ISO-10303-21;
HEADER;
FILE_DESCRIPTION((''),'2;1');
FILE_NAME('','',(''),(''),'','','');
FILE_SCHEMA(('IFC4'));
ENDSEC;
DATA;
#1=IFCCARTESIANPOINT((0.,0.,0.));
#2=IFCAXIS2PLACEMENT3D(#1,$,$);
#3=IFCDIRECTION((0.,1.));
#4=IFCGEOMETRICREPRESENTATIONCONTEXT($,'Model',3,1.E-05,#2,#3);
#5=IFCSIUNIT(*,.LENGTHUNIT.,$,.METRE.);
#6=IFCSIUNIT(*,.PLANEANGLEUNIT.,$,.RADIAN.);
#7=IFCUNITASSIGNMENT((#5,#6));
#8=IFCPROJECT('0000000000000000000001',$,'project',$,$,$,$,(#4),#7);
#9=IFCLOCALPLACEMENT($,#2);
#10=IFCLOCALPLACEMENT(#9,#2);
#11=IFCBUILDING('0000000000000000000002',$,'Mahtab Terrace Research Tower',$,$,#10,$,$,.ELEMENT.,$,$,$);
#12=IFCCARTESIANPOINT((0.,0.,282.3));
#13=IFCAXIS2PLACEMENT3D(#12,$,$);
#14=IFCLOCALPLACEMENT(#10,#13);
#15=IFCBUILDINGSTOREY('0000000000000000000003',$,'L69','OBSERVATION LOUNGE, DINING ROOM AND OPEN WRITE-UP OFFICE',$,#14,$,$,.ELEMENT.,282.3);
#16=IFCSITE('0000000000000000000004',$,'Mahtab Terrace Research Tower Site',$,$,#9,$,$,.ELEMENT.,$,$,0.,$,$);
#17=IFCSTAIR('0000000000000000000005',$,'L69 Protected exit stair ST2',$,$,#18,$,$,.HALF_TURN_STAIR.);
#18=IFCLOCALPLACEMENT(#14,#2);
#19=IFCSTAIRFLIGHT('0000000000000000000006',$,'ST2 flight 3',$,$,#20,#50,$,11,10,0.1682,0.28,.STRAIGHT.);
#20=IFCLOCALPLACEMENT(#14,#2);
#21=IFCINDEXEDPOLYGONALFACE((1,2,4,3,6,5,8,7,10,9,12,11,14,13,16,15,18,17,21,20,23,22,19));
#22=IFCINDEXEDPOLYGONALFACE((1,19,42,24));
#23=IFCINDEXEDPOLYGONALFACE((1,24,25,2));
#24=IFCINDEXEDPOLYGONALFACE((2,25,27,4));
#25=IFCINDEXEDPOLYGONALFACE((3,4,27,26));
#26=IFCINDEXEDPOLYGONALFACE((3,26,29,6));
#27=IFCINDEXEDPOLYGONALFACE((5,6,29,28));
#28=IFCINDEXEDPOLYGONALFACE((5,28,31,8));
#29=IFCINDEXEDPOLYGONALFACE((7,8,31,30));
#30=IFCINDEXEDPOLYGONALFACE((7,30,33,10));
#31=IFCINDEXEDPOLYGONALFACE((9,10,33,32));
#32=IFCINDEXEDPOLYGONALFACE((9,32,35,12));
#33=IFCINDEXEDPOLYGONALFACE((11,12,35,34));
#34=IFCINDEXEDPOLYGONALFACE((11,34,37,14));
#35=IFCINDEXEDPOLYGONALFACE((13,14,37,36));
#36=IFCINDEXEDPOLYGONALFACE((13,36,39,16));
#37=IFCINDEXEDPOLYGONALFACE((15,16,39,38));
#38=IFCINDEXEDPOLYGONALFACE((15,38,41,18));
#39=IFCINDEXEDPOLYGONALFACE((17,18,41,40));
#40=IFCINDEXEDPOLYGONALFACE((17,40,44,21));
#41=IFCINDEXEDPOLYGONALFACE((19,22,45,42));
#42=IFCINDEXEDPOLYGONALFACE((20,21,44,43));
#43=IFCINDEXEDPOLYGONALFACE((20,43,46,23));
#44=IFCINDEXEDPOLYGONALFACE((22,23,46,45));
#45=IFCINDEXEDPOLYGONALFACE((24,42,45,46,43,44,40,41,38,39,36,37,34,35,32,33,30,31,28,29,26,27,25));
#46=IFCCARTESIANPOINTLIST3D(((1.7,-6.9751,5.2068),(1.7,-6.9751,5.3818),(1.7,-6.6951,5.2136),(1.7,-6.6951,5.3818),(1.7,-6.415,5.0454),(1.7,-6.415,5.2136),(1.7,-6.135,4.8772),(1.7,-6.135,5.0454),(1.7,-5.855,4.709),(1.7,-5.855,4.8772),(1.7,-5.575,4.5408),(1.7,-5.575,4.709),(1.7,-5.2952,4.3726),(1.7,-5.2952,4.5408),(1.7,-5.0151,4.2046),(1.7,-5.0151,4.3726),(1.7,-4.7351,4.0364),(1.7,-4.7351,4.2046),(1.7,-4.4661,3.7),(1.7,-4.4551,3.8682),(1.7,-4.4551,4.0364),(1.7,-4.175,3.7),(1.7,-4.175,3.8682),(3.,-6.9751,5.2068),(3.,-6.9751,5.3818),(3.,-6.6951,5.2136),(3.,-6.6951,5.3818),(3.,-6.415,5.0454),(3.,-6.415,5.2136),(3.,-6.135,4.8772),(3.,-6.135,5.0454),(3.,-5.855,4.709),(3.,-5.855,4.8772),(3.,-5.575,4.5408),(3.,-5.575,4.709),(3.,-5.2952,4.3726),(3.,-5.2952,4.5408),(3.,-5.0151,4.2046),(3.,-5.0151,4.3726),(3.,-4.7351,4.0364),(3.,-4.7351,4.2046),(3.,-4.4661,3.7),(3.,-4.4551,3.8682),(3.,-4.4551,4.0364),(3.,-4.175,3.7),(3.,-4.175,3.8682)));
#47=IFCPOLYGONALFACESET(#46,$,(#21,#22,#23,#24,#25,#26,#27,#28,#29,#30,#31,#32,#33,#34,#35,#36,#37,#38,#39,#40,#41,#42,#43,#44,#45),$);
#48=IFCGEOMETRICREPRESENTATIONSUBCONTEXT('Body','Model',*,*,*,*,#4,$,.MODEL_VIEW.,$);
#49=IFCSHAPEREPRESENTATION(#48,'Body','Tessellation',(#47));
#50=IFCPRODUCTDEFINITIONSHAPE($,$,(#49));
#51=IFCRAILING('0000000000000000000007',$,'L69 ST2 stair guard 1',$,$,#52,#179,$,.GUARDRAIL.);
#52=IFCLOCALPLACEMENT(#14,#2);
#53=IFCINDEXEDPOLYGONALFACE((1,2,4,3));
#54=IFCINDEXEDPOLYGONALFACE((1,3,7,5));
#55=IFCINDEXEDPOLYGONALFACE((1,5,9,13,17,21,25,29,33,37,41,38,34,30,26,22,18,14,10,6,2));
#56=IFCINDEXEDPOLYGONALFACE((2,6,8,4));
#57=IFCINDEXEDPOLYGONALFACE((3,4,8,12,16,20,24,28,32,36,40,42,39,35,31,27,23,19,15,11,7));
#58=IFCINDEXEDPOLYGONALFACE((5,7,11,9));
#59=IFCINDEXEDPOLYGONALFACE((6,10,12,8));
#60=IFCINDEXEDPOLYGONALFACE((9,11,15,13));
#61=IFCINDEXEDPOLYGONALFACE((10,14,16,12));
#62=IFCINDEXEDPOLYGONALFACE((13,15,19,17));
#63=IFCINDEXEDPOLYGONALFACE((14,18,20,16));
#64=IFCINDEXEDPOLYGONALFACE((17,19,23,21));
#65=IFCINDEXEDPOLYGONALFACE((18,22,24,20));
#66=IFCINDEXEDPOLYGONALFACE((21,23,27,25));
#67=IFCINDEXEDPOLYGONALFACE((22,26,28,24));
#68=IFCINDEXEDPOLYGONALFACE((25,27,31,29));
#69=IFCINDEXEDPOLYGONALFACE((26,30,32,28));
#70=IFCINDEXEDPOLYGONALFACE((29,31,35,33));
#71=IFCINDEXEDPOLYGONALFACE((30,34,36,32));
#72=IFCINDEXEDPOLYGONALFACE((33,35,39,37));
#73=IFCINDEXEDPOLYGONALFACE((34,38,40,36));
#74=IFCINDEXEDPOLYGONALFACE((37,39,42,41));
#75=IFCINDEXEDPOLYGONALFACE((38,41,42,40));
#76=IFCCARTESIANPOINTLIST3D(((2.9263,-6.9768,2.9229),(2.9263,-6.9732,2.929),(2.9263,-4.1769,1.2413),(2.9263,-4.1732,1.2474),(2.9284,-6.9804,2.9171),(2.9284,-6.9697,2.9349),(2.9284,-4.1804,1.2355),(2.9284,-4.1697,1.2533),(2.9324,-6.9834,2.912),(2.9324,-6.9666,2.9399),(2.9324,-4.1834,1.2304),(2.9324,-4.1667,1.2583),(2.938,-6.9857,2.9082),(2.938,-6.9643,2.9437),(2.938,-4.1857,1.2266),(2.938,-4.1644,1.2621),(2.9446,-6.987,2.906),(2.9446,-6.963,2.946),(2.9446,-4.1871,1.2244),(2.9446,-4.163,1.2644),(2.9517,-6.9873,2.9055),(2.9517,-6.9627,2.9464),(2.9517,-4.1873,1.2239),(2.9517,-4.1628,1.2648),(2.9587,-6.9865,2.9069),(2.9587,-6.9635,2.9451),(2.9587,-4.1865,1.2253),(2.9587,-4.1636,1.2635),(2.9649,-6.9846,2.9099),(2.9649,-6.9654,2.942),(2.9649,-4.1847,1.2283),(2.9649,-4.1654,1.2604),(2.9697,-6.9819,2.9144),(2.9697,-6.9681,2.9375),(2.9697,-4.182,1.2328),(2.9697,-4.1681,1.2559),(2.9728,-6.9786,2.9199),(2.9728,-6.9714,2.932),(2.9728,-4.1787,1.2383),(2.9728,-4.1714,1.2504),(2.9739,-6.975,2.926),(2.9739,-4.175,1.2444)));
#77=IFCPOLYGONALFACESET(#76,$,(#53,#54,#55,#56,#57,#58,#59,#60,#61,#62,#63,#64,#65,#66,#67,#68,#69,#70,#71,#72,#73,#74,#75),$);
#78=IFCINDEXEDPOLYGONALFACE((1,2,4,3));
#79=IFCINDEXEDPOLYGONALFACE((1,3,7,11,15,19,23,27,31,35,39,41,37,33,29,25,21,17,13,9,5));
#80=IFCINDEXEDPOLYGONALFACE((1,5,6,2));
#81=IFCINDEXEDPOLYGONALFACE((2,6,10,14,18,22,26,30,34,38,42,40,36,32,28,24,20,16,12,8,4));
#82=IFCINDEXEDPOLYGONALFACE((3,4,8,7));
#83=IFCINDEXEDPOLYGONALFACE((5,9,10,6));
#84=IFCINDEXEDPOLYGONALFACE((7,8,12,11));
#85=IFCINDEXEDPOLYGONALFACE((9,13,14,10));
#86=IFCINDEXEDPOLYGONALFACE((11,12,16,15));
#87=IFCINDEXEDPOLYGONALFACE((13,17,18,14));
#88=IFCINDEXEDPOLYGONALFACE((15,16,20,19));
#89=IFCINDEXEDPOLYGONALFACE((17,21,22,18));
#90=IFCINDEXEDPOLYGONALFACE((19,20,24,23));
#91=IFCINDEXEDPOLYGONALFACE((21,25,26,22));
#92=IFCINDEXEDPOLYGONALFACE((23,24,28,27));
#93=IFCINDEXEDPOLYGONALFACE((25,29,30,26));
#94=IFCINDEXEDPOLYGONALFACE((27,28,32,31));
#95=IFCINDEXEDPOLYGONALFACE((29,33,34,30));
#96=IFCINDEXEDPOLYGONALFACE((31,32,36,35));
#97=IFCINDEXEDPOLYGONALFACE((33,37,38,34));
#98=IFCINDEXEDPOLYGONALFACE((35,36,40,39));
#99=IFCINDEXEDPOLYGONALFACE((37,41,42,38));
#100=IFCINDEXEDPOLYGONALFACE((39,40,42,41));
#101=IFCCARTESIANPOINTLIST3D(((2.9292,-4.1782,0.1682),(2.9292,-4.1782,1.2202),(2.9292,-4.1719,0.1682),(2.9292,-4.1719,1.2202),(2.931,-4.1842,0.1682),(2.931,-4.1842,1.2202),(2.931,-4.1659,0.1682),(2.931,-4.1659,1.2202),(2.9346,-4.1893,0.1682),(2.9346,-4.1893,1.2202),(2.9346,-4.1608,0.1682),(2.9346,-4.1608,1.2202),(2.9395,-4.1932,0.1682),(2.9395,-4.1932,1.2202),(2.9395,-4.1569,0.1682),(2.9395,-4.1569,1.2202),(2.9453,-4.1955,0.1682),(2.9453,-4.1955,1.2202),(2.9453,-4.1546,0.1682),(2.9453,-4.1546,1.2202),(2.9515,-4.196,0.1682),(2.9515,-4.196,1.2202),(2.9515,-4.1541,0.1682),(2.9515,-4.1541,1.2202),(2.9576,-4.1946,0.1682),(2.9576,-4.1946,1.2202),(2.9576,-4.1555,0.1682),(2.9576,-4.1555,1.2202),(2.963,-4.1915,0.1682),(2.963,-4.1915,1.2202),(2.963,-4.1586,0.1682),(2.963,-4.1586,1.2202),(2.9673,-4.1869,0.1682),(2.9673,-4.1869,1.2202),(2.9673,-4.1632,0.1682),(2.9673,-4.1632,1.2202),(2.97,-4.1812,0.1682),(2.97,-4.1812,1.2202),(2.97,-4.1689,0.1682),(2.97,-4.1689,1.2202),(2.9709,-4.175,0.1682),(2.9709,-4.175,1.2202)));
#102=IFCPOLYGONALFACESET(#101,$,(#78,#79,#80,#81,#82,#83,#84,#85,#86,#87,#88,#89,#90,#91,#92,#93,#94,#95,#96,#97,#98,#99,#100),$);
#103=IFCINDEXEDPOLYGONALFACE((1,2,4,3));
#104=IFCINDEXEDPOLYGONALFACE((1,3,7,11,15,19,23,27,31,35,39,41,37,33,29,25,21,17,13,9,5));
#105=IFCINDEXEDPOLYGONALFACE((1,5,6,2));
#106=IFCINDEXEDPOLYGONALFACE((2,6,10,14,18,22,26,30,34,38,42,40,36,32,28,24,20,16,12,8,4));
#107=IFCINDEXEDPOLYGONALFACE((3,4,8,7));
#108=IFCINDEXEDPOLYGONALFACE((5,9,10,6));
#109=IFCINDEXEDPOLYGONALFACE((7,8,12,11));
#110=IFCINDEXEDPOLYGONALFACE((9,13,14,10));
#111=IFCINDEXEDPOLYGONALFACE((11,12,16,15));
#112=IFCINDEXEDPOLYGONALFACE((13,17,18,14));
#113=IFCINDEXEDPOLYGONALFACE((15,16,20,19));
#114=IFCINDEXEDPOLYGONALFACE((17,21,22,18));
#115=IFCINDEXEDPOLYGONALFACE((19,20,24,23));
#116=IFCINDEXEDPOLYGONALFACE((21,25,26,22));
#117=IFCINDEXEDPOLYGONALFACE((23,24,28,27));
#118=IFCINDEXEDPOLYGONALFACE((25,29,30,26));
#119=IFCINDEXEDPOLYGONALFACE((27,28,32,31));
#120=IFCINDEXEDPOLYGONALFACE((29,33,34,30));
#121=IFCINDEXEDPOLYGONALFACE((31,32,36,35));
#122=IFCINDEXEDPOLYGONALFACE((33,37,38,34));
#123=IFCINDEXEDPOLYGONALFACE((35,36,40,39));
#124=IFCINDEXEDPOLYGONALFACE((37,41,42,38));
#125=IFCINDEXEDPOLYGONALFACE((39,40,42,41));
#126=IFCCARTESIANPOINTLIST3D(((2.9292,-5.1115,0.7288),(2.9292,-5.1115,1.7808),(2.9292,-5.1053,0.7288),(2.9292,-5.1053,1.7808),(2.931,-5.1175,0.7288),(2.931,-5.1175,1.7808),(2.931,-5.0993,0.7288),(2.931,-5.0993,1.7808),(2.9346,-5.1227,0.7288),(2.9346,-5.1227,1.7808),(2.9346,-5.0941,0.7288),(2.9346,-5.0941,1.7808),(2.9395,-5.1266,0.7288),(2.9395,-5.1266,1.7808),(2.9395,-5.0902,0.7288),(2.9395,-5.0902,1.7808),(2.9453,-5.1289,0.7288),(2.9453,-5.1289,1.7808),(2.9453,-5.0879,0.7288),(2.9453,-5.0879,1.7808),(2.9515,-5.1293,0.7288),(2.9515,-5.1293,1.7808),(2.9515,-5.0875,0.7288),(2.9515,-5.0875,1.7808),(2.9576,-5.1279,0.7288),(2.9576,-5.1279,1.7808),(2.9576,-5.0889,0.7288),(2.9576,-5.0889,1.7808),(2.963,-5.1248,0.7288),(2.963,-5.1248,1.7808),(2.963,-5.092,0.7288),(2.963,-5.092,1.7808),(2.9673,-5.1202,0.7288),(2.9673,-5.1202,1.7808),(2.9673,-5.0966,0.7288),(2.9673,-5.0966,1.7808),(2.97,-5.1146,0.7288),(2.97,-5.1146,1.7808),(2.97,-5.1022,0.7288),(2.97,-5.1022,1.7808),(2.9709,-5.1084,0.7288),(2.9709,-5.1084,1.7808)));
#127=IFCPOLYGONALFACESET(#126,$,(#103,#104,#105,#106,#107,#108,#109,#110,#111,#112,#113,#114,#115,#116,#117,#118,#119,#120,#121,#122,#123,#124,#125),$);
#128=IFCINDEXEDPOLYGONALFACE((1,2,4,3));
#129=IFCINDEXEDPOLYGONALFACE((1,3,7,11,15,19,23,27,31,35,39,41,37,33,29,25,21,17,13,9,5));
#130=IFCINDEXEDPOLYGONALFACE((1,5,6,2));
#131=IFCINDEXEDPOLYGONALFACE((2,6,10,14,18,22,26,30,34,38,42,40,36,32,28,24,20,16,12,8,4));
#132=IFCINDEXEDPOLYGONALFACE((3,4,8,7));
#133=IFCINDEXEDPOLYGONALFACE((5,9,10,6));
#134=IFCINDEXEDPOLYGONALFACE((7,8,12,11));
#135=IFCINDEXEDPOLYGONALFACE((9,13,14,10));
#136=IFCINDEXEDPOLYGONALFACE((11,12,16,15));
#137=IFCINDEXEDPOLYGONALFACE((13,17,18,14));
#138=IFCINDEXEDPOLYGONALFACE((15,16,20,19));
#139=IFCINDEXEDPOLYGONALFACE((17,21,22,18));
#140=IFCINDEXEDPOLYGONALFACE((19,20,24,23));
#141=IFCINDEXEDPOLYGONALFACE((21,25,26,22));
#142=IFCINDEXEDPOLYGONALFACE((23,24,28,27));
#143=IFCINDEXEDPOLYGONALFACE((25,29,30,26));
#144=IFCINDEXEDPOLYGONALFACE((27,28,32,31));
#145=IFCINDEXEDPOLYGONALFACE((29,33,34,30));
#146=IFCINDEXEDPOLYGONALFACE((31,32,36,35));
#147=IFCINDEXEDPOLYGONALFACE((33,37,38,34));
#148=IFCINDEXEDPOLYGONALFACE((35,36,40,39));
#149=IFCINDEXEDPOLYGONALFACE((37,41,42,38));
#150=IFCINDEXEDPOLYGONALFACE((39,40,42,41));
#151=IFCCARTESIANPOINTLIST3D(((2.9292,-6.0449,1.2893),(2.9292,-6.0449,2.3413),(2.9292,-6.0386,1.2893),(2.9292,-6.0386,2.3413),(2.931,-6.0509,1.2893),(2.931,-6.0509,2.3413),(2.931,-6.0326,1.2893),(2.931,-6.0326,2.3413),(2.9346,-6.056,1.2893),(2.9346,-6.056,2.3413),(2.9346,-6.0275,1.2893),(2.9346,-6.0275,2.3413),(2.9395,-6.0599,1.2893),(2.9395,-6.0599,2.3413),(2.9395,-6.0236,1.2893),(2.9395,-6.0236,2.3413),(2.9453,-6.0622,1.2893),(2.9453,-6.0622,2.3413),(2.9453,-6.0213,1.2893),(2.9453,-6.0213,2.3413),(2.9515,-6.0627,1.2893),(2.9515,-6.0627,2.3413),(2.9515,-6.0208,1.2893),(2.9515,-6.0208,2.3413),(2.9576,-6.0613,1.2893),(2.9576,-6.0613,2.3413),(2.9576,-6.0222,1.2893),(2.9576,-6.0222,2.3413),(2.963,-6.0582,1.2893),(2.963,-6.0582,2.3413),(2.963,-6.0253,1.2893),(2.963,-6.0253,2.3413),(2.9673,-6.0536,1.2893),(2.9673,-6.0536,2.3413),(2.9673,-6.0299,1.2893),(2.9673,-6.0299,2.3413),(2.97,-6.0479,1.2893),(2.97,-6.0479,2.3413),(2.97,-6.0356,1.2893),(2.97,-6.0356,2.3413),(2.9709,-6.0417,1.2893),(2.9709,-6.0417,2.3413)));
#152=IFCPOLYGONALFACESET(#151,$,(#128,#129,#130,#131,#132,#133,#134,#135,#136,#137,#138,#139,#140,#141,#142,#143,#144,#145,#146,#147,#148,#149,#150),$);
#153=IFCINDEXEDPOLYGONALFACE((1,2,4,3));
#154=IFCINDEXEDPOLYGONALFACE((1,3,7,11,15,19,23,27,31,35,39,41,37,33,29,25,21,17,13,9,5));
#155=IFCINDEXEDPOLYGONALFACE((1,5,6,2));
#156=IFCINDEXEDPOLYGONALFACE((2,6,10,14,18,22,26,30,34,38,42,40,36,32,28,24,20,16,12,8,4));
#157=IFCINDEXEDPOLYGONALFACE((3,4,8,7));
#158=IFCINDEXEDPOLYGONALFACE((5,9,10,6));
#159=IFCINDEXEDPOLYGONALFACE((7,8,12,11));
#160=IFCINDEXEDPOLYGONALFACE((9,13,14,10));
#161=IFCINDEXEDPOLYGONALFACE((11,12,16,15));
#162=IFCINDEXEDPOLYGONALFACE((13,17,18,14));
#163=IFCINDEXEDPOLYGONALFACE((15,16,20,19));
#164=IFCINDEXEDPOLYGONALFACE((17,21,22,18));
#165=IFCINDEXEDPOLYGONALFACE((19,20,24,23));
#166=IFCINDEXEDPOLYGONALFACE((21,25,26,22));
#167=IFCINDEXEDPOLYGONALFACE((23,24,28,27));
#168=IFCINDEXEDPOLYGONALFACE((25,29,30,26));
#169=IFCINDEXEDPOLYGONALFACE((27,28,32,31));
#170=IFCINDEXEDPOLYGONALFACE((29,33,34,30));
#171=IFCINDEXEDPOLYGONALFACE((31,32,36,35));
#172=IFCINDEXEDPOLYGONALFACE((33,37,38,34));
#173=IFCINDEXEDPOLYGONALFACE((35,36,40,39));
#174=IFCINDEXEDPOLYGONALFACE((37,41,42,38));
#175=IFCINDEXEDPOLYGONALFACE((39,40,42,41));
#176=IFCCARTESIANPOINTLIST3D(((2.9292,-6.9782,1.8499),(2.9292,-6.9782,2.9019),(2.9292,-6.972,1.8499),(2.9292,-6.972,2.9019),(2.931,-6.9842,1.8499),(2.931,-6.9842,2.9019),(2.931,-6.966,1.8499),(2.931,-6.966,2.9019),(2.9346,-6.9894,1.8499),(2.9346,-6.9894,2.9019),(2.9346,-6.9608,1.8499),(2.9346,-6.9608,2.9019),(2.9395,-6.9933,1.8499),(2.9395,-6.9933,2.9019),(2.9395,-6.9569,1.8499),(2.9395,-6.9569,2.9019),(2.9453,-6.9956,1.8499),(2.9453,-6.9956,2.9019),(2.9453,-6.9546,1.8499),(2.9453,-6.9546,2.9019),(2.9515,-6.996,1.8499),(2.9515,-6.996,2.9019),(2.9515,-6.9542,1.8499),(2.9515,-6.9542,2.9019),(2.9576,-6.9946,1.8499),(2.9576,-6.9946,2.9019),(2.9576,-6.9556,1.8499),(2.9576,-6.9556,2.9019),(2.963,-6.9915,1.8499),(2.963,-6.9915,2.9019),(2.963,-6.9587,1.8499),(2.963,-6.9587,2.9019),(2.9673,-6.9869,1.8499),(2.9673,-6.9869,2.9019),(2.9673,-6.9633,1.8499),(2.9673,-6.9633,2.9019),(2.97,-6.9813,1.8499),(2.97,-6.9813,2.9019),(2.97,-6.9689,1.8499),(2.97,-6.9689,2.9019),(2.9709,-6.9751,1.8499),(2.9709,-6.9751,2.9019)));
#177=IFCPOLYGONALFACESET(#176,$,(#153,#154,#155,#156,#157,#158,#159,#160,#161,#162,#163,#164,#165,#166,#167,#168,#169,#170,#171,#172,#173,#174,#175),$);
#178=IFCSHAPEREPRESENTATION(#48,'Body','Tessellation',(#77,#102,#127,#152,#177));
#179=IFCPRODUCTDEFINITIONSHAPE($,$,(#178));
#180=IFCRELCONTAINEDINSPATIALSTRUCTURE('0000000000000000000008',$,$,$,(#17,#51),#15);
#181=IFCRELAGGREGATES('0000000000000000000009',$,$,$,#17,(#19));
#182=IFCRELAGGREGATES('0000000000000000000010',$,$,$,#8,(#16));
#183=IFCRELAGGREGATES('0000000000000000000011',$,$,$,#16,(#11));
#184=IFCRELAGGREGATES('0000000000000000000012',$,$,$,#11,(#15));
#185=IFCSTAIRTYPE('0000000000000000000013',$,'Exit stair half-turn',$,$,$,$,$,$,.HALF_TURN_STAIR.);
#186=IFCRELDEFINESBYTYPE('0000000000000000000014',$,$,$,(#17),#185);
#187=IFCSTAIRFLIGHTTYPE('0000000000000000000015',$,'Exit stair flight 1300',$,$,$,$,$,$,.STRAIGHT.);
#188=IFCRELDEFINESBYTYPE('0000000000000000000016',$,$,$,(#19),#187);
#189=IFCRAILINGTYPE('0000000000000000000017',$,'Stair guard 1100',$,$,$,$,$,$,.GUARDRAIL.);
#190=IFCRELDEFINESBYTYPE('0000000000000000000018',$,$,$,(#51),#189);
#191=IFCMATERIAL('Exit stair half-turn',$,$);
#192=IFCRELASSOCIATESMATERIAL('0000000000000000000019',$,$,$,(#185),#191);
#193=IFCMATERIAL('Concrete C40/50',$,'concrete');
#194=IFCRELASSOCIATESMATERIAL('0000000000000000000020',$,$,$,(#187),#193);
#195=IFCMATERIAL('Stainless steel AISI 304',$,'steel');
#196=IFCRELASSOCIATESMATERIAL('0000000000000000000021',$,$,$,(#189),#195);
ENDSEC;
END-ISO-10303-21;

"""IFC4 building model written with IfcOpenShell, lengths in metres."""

from ifc_helpers import new_model, si_unit, direction, frame, origin, origin_2d, place, context, subcontext, project, spatial, polyline, circle, outline, extrude, material, type_object, element, aggregate, save


model = new_model("IFC4")

# Units and contexts
model_context = context("Model", 3, precision=1e-05, world=origin(), true_north=direction((0.0, 1.0)))
body_context = subcontext(model_context, "Body", "Model", "MODEL_VIEW")
ifc_project = project(units=[si_unit("LENGTHUNIT", "METRE"), si_unit("PLANEANGLEUNIT", "RADIAN")], contexts=[model_context])

# Site, building, storey
site_placement = place(None, origin())
site = spatial("IfcSite", under=ifc_project, at=site_placement, Name="Mahtab Terrace Research Tower Site", CompositionType="ELEMENT", RefElevation=0.0)
building_placement = place(site_placement, origin())
building = spatial("IfcBuilding", under=site, at=building_placement, Name="Mahtab Terrace Research Tower", CompositionType="ELEMENT")
storey_placement = place(building_placement, frame((0.0, 0.0, 282.3)))
storey = spatial("IfcBuildingStorey", under=building, at=storey_placement, Name="L69", Description="OBSERVATION LOUNGE, DINING ROOM AND OPEN WRITE-UP OFFICE", CompositionType="ELEMENT", Elevation=282.3)

# Stair
ifc_material_1 = material(Name="Exit stair half-turn")
stair_type = type_object("IfcStairType", Name="Exit stair half-turn", PredefinedType="HALF_TURN_STAIR", material=ifc_material_1)
ifc_material_2 = material(Name="Concrete C40/50", Category="concrete")
stair_1_placement = place(storey_placement, origin())
stair_1 = element("IfcStair", 1, at=stair_1_placement, inside=storey, type_object=stair_type, Name="L69 Protected exit stair ST2", PredefinedType="HALF_TURN_STAIR")

# Stair flight
stair_flight_type = type_object("IfcStairFlightType", Name="Exit stair flight 1300", PredefinedType="STRAIGHT", material=ifc_material_2)
stair_flight_placement = place(storey_placement, frame((2.3501, -4.175, 3.7), z_axis=(0.0, 0.0, 1.0), x_axis=(0.0, -1.0, 0.0)))
stair_flight = element("IfcStairFlight", 2, at=stair_flight_placement, type_object=stair_flight_type, Name="ST2 flight 3", NumberOfRisers=11, NumberOfTreads=10, PredefinedType="STRAIGHT", RiserHeight=0.1682, TreadLength=0.28, context=body_context, shape_type="SweptSolid", body=[
    extrude(outline(polyline([(0.0, 0.0), (0.0, 0.1682), (0.28, 0.1682), (0.28, 0.3364), (0.5601, 0.3364), (0.5601, 0.5046), (0.8401, 0.5046), (0.8401, 0.6726), (1.1201, 0.6726), (1.1201, 0.8408), (1.3999, 0.8408), (1.3999, 1.009), (1.6799, 1.009), (1.6799, 1.1772), (1.96, 1.1772), (1.96, 1.3455), (2.24, 1.3455), (2.24, 1.5137), (2.52, 1.5137), (2.52, 1.6819), (2.8, 1.6819), (2.8, 1.8501), (2.8, 1.5068), (0.291, 0.0), (0.0, 0.0)])), frame((0.0, 0.6499, 0.0), z_axis=(0.0, -1.0, 0.0), x_axis=(1.0, 0.0, 0.0)), (0.0, 0.0, 1.0), 1.3),
])
aggregate(stair_1, [stair_flight])

# Railing
ifc_material_3 = material(Name="Stainless steel AISI 304", Category="steel")
railing_type = type_object("IfcRailingType", Name="Stair guard 1100", PredefinedType="GUARDRAIL", material=ifc_material_3)
railing_1_placement = place(storey_placement, frame((2.95, -4.175, 0.1682)))
element("IfcRailing", 3, at=railing_1_placement, inside=storey, type_object=railing_type, Name="L69 ST2 stair guard 1", PredefinedType="GUARDRAIL", context=body_context, shape_type="SweptSolid", body=[
    extrude(circle(Radius=0.0239, at=origin_2d()), frame((0.0, 0.0, 1.0762), z_axis=(0.0, -0.857275, 0.514858), x_axis=(1.0, 0.0, 0.0)), (0.0, 0.0, 1.0), 3.2661),
    extrude(circle(Radius=0.021, at=origin_2d()), origin(), (0.0, 0.0, 1.0), 1.052),
    extrude(circle(Radius=0.021, at=origin_2d()), frame((0.0, -0.9333, 0.5605)), (0.0, 0.0, 1.0), 1.052),
    extrude(circle(Radius=0.021, at=origin_2d()), frame((0.0, -1.8667, 1.1211)), (0.0, 0.0, 1.0), 1.052),
    extrude(circle(Radius=0.021, at=origin_2d()), frame((0.0, -2.8, 1.6816)), (0.0, 0.0, 1.0), 1.052),
])

save(model, "model.ifc")
